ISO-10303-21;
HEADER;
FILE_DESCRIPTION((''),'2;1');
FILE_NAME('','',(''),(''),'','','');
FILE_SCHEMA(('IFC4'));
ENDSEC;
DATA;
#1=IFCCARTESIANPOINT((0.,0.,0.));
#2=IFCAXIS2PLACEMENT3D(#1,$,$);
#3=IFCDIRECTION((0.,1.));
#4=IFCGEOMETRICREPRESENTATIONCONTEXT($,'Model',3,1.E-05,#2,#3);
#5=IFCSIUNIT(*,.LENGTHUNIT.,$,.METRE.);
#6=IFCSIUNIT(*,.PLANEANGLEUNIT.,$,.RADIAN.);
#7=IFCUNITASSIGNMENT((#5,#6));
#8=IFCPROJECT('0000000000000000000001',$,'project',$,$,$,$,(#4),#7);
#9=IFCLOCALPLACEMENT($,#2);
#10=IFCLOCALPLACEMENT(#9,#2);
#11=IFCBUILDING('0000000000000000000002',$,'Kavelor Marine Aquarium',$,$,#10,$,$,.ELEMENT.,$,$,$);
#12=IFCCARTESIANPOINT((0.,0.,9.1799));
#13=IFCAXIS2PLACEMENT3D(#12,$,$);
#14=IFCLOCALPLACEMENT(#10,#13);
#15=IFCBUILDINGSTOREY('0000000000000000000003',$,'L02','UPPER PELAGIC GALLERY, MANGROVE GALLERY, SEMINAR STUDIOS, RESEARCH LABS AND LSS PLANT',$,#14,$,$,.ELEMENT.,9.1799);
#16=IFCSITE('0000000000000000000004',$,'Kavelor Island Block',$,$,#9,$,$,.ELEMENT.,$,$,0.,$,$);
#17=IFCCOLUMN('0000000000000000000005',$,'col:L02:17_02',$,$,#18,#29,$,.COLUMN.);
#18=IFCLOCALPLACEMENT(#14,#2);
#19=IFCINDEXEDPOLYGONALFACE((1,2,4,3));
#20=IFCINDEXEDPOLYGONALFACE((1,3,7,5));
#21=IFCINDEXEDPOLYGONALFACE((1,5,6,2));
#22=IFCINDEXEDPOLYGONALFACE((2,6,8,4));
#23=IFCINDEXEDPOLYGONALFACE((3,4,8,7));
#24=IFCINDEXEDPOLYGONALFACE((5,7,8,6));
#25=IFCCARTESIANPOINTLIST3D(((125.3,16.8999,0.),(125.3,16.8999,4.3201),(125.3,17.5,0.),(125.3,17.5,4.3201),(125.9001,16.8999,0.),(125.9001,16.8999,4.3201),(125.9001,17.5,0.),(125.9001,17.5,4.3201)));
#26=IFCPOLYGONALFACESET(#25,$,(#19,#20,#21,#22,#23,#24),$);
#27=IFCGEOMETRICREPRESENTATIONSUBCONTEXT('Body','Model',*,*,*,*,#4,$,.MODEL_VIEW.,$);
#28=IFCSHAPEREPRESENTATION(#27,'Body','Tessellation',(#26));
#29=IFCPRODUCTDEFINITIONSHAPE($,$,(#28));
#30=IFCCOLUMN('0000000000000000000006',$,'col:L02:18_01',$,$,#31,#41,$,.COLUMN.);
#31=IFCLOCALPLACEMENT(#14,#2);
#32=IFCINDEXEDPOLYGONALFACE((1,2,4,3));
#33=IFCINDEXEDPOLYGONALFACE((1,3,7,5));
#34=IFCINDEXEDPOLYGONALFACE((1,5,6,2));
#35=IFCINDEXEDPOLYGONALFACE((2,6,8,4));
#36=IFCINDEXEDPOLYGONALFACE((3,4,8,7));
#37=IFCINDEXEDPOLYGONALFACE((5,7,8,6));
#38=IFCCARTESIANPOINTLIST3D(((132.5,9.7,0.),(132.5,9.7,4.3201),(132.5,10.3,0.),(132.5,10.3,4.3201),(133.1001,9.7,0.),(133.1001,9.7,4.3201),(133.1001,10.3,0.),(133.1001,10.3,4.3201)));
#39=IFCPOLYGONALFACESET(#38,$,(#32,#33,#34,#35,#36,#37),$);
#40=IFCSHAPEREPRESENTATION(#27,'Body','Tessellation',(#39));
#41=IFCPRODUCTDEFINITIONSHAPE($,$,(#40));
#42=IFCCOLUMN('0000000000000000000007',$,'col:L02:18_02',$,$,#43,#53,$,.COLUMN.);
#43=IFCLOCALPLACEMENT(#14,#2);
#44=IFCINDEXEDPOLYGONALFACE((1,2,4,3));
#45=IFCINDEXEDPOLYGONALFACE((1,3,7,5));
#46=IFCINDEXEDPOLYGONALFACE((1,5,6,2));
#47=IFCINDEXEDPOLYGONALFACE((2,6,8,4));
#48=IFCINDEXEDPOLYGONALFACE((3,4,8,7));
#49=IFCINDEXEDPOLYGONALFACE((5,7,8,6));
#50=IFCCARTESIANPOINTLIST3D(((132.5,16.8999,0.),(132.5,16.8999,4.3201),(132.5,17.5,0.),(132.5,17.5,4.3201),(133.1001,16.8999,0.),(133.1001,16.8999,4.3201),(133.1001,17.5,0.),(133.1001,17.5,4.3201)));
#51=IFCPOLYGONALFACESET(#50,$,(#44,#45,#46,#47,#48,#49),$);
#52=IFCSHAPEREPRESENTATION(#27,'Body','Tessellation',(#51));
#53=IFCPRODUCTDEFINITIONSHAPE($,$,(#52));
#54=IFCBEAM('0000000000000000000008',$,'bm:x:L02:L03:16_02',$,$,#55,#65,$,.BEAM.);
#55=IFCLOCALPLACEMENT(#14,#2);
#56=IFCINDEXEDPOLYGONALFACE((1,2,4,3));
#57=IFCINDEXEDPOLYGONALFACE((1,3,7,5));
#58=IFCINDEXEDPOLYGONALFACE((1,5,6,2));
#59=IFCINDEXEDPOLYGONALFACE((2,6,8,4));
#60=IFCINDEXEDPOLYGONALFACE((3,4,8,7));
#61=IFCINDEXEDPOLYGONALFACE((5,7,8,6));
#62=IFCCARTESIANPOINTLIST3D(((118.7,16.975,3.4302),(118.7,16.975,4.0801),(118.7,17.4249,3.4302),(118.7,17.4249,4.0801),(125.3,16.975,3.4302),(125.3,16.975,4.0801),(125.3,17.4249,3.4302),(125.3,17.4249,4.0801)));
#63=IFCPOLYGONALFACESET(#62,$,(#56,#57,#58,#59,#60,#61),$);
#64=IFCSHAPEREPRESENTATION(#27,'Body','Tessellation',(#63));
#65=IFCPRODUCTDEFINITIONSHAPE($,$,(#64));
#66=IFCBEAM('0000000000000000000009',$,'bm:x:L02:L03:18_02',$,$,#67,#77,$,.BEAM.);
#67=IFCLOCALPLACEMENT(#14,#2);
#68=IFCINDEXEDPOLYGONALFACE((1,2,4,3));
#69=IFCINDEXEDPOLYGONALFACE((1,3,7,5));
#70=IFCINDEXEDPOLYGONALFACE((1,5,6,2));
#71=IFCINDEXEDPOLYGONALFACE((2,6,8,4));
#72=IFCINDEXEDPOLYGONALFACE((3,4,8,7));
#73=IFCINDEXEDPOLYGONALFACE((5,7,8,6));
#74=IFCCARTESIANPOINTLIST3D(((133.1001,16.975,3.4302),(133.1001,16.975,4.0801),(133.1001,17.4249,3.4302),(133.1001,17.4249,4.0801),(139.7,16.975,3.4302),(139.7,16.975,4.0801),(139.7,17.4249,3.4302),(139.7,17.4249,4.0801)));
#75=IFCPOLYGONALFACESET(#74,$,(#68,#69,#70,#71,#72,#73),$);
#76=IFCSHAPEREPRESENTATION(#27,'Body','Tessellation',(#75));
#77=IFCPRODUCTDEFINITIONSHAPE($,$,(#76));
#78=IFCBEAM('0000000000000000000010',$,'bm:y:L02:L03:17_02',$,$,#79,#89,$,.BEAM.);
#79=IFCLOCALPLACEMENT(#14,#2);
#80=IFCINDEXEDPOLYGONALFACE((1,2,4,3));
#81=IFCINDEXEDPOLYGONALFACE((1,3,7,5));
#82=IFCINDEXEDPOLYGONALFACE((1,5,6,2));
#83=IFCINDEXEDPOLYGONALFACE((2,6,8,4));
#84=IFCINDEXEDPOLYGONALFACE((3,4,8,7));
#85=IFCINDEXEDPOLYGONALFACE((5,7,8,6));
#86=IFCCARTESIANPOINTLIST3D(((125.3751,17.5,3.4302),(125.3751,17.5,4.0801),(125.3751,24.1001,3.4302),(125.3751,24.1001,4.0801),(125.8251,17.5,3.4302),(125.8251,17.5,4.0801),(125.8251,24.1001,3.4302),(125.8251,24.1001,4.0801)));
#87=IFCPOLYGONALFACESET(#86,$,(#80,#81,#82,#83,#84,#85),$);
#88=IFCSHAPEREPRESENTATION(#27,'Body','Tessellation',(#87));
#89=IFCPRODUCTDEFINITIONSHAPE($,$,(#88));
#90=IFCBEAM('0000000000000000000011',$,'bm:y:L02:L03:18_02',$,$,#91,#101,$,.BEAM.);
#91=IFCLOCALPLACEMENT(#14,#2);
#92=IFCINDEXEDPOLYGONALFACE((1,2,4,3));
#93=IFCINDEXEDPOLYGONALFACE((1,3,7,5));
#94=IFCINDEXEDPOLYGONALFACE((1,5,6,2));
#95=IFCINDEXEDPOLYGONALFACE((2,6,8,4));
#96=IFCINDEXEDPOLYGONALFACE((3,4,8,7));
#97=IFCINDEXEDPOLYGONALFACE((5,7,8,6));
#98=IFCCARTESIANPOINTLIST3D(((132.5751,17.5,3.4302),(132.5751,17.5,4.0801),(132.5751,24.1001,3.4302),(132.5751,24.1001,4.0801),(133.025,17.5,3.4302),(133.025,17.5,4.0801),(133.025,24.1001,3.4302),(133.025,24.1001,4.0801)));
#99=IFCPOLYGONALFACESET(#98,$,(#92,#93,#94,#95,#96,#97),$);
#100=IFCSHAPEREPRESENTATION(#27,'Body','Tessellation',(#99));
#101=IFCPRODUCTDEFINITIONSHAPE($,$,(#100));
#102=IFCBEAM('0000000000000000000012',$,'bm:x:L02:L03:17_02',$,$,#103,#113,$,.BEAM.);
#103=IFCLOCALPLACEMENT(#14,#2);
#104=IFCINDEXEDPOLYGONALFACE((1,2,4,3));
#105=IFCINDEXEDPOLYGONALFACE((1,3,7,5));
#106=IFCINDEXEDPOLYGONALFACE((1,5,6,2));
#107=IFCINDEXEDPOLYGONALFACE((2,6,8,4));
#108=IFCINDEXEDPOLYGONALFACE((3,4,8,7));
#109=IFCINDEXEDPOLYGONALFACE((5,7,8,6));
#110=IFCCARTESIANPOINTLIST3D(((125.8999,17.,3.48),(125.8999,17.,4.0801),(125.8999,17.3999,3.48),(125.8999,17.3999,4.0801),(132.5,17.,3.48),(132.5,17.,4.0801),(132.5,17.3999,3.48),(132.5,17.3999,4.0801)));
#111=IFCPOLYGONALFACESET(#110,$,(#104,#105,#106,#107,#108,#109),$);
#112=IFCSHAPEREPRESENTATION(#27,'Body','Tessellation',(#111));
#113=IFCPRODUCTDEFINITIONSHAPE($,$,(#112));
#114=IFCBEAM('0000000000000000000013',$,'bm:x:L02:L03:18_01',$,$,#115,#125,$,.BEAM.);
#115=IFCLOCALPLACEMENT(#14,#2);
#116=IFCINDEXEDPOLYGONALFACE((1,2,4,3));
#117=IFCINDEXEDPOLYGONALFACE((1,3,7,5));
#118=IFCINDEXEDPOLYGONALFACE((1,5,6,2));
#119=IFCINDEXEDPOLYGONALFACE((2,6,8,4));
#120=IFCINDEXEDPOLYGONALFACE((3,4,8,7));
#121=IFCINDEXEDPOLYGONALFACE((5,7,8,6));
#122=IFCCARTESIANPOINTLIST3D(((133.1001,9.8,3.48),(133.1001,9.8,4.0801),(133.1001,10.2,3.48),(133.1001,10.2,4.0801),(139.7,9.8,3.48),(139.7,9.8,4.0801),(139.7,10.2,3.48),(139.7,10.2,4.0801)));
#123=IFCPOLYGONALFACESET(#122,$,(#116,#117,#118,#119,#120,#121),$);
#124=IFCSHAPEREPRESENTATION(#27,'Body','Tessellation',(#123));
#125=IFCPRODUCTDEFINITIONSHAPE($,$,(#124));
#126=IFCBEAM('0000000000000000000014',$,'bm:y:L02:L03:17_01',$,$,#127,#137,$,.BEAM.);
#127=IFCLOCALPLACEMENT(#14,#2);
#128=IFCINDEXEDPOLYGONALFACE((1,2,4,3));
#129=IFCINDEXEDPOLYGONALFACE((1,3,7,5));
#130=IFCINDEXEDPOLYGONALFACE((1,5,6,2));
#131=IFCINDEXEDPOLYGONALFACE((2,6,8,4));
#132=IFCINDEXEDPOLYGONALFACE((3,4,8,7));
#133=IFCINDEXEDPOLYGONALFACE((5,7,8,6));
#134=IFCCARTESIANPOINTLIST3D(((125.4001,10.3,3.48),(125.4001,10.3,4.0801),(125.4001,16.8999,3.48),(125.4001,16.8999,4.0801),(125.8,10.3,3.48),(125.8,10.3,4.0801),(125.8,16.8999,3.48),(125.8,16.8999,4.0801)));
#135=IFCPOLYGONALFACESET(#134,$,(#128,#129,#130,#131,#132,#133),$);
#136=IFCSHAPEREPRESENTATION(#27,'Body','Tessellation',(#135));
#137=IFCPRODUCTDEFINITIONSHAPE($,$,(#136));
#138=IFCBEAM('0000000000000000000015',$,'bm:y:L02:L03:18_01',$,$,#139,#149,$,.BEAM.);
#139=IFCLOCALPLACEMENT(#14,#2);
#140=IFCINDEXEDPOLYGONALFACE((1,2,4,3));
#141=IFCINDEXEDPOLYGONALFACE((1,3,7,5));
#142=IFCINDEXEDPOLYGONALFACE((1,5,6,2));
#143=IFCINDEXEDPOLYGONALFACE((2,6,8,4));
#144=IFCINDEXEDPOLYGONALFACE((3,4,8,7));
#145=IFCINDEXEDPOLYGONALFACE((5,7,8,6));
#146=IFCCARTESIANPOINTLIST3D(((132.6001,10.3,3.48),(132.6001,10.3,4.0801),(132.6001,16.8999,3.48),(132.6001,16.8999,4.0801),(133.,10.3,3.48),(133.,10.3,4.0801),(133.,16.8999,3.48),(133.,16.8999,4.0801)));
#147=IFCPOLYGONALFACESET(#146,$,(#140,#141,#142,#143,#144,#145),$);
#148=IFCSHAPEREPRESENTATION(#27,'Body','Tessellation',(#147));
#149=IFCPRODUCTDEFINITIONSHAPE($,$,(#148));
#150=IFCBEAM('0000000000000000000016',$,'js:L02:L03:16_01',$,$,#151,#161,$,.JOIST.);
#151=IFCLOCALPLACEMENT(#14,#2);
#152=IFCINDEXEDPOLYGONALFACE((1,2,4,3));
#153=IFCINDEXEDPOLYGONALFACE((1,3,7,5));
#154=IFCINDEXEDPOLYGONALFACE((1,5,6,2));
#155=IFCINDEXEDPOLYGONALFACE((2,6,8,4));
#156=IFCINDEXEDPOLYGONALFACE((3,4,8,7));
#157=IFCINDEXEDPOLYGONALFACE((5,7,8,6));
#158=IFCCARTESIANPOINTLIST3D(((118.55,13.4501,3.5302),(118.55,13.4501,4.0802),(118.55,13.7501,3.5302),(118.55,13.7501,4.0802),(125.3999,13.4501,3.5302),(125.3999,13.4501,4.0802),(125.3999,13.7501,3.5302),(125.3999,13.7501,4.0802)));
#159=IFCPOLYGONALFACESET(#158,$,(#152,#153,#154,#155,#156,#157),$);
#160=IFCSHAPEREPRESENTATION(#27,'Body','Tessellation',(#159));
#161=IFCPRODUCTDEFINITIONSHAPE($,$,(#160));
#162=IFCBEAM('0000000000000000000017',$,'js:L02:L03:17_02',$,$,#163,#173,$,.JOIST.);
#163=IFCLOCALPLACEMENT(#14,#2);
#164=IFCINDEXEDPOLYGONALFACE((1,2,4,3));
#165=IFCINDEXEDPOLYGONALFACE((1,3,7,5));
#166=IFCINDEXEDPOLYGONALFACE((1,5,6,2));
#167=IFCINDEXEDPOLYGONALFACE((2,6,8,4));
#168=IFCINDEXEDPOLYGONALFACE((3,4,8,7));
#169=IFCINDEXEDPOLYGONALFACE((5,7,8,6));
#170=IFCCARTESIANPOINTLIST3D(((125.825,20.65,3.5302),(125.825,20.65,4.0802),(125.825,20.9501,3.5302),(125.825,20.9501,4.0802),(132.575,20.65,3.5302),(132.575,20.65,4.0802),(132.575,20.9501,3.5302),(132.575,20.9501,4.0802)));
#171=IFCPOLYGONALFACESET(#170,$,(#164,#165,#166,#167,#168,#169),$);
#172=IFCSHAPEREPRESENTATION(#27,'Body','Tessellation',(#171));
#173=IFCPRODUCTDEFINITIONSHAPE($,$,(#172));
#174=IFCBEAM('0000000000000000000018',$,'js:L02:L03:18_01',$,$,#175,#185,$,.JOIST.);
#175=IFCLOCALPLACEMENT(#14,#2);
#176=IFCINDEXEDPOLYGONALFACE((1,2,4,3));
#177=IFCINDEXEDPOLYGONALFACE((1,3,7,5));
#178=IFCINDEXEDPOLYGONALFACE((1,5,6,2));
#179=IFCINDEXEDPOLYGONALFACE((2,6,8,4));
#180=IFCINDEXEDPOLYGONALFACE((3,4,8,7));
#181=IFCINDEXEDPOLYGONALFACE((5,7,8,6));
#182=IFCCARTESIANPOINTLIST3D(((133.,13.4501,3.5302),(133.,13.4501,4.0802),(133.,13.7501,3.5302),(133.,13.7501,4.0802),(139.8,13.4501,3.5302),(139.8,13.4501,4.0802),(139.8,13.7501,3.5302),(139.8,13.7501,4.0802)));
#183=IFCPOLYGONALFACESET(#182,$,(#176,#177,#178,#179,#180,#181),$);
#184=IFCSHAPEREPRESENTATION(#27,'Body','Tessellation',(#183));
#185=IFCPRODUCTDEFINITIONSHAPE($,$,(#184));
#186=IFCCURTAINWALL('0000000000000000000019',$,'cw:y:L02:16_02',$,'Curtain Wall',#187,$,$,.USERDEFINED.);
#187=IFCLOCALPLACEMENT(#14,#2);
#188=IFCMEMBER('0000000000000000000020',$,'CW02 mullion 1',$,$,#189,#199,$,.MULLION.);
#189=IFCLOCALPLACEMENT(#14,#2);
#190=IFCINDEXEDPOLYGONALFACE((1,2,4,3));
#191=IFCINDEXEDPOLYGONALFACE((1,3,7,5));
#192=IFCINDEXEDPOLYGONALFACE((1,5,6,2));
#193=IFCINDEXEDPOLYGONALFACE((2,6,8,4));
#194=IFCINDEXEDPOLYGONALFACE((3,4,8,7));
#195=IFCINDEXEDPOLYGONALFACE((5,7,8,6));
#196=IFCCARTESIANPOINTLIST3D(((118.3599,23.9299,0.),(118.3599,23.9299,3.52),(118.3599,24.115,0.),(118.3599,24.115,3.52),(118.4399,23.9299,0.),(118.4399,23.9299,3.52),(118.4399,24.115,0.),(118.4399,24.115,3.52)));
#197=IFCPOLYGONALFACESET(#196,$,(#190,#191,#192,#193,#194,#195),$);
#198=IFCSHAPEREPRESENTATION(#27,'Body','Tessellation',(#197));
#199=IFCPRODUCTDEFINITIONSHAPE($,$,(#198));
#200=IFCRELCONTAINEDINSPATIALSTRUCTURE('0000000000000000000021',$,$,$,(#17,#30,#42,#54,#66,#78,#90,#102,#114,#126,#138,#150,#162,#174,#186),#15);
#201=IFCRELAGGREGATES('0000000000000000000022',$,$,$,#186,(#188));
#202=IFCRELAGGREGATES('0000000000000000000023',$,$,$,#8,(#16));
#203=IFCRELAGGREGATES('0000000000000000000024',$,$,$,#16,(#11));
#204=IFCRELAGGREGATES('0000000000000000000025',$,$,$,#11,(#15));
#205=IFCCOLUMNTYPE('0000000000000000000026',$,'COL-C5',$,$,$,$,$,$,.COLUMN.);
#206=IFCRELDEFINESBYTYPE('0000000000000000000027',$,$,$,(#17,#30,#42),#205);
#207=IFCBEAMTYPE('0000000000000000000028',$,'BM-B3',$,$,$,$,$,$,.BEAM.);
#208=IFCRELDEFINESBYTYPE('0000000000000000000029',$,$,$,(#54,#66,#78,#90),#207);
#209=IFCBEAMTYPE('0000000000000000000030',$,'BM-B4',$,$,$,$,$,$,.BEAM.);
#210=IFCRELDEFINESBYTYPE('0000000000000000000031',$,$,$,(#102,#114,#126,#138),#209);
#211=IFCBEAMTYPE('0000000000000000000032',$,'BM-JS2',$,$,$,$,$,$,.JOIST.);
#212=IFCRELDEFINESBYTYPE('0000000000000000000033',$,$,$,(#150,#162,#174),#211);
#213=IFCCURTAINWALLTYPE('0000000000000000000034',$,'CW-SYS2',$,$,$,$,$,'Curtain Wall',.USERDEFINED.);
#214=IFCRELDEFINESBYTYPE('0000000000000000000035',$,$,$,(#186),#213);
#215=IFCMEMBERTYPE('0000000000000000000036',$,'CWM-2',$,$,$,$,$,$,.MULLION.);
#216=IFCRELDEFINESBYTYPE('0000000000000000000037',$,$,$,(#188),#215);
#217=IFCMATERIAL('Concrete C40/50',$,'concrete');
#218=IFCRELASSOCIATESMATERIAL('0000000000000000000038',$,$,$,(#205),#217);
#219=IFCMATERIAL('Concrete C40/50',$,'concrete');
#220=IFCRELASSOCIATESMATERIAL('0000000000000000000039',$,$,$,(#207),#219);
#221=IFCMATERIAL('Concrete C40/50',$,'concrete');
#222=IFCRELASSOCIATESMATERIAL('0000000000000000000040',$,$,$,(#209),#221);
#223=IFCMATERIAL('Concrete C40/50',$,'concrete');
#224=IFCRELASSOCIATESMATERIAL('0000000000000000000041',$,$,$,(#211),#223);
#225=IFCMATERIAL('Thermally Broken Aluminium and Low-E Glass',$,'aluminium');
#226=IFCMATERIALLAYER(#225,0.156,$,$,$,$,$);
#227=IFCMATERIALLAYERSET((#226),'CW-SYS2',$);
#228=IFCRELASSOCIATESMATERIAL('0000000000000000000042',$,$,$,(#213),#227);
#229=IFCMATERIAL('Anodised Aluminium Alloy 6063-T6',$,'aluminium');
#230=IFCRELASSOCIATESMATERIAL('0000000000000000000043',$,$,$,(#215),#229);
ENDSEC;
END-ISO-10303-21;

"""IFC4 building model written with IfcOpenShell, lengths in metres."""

from ifc_helpers import new_model, si_unit, direction, frame, origin, origin_2d, place, context, subcontext, project, spatial, rectangle, extrude, material, layer, layer_set, material_profile, profile_set, type_object, element, aggregate, save


model = new_model("IFC4")

# Units and contexts
model_context = context("Model", 3, precision=1e-05, world=origin(), true_north=direction((0.0, 1.0)))
body_context = subcontext(model_context, "Body", "Model", "MODEL_VIEW")
ifc_project = project(units=[si_unit("LENGTHUNIT", "METRE"), si_unit("PLANEANGLEUNIT", "RADIAN")], contexts=[model_context])

# Site, building, storey
site_placement = place(None, origin())
site = spatial("IfcSite", under=ifc_project, at=site_placement, Name="Kavelor Island Block", CompositionType="ELEMENT", RefElevation=0.0)
building_placement = place(site_placement, origin())
building = spatial("IfcBuilding", under=site, at=building_placement, Name="Kavelor Marine Aquarium", CompositionType="ELEMENT")
storey_placement = place(building_placement, frame((0.0, 0.0, 9.1799)))
storey = spatial("IfcBuildingStorey", under=building, at=storey_placement, Name="L02", Description="UPPER PELAGIC GALLERY, MANGROVE GALLERY, SEMINAR STUDIOS, RESEARCH LABS AND LSS PLANT", CompositionType="ELEMENT", Elevation=9.1799)

# Columns
ifc_material_1 = material(Name="Concrete C40/50", Category="concrete")
ifc_material_profile_1 = material_profile(ifc_material_1, rectangle(XDim=0.6001, YDim=0.6001, at=origin_2d()), Name="RC-COL 600x600")
ifc_profile_set_1 = profile_set([ifc_material_profile_1], Name="Concrete C40/50")
column_type = type_object("IfcColumnType", Name="COL-C5", PredefinedType="COLUMN", material=ifc_profile_set_1)
for number, where, z_axis, x_axis, name in (
    (1, (125.6001, 17.2, 0.0), (0.0, 0.0, 1.0), (1.0, 0.0, 0.0), "col:L02:17_02"),
    (2, (132.8, 10.0, 0.0), (0.0, 0.0, 1.0), (1.0, 0.0, 0.0), "col:L02:18_01"),
    (3, (132.8, 17.2, 0.0), (0.0, 0.0, 1.0), (1.0, 0.0, 0.0), "col:L02:18_02"),
):
    element("IfcColumn", number, at=place(storey_placement, frame(where, z_axis=z_axis, x_axis=x_axis)), inside=storey, type_object=column_type, Name=name, PredefinedType="COLUMN", context=body_context, shape_type="SweptSolid", body=[
        extrude(rectangle(XDim=0.6001, YDim=0.6001, at=origin_2d()), origin(), (0.0, 0.0, 1.0), 4.3201),
    ])

# Beams
ifc_material_2 = material(Name="Concrete C40/50", Category="concrete")
ifc_material_profile_2 = material_profile(ifc_material_2, rectangle(XDim=0.45, YDim=0.6499, at=origin_2d()), Name="RC-BM 450x650")
ifc_profile_set_2 = profile_set([ifc_material_profile_2], Name="Concrete C40/50")
beam_type_1 = type_object("IfcBeamType", Name="BM-B3", PredefinedType="BEAM", material=ifc_profile_set_2)
beam_1_placement = place(storey_placement, frame((118.7, 17.2, 3.7551), z_axis=(1.0, 0.0, 0.0), x_axis=(0.0, 1.0, 0.0)))
element("IfcBeam", 4, at=beam_1_placement, inside=storey, type_object=beam_type_1, Name="bm:x:L02:L03:16_02", PredefinedType="BEAM", context=body_context, shape_type="SweptSolid", body=[
    extrude(rectangle(XDim=0.45, YDim=0.6499, at=origin_2d()), origin(), (0.0, 0.0, 1.0), 6.6001),
])
beam_2_placement = place(storey_placement, frame((133.1001, 17.2, 3.7551), z_axis=(1.0, 0.0, 0.0), x_axis=(0.0, 1.0, 0.0)))
element("IfcBeam", 5, at=beam_2_placement, inside=storey, type_object=beam_type_1, Name="bm:x:L02:L03:18_02", PredefinedType="BEAM", context=body_context, shape_type="SweptSolid", body=[
    extrude(rectangle(XDim=0.45, YDim=0.6499, at=origin_2d()), origin(), (0.0, 0.0, 1.0), 6.5999),
])
for number, where, z_axis, x_axis, name in (
    (6, (125.6001, 17.5, 3.7551), (0.0, 1.0, 0.0), (-1.0, 0.0, 0.0), "bm:y:L02:L03:17_02"),
    (7, (132.8, 17.5, 3.7551), (0.0, 1.0, 0.0), (-1.0, 0.0, 0.0), "bm:y:L02:L03:18_02"),
):
    element("IfcBeam", number, at=place(storey_placement, frame(where, z_axis=z_axis, x_axis=x_axis)), inside=storey, type_object=beam_type_1, Name=name, PredefinedType="BEAM", context=body_context, shape_type="SweptSolid", body=[
        extrude(rectangle(XDim=0.45, YDim=0.6499, at=origin_2d()), origin(), (0.0, 0.0, 1.0), 6.6001),
    ])
ifc_material_3 = material(Name="Concrete C40/50", Category="concrete")
ifc_material_profile_3 = material_profile(ifc_material_3, rectangle(XDim=0.3999, YDim=0.6001, at=origin_2d()), Name="RC-BM 400x600")
ifc_profile_set_3 = profile_set([ifc_material_profile_3], Name="Concrete C40/50")
beam_type_2 = type_object("IfcBeamType", Name="BM-B4", PredefinedType="BEAM", material=ifc_profile_set_3)
beam_3_placement = place(storey_placement, frame((125.8999, 17.2, 3.78), z_axis=(1.0, 0.0, 0.0), x_axis=(0.0, 1.0, 0.0)))
element("IfcBeam", 8, at=beam_3_placement, inside=storey, type_object=beam_type_2, Name="bm:x:L02:L03:17_02", PredefinedType="BEAM", context=body_context, shape_type="SweptSolid", body=[
    extrude(rectangle(XDim=0.3999, YDim=0.6001, at=origin_2d()), origin(), (0.0, 0.0, 1.0), 6.6001),
])
for number, where, z_axis, x_axis, name in (
    (9, (133.1001, 10.0, 3.78), (1.0, 0.0, 0.0), (0.0, 1.0, 0.0), "bm:x:L02:L03:18_01"),
    (10, (125.6001, 10.3, 3.78), (0.0, 1.0, 0.0), (-1.0, 0.0, 0.0), "bm:y:L02:L03:17_01"),
    (11, (132.8, 10.3, 3.78), (0.0, 1.0, 0.0), (-1.0, 0.0, 0.0), "bm:y:L02:L03:18_01"),
):
    element("IfcBeam", number, at=place(storey_placement, frame(where, z_axis=z_axis, x_axis=x_axis)), inside=storey, type_object=beam_type_2, Name=name, PredefinedType="BEAM", context=body_context, shape_type="SweptSolid", body=[
        extrude(rectangle(XDim=0.3999, YDim=0.6001, at=origin_2d()), origin(), (0.0, 0.0, 1.0), 6.5999),
    ])
ifc_material_4 = material(Name="Concrete C40/50", Category="concrete")
ifc_material_profile_4 = material_profile(ifc_material_4, rectangle(XDim=0.3, YDim=0.55, at=origin_2d()), Name="RC-JS 300x550")
ifc_profile_set_4 = profile_set([ifc_material_profile_4], Name="Concrete C40/50")
beam_type_3 = type_object("IfcBeamType", Name="BM-JS2", PredefinedType="JOIST", material=ifc_profile_set_4)
beam_4_placement = place(storey_placement, frame((118.55, 13.6001, 3.8052), z_axis=(1.0, 0.0, 0.0), x_axis=(0.0, 1.0, 0.0)))
element("IfcBeam", 12, at=beam_4_placement, inside=storey, type_object=beam_type_3, Name="js:L02:L03:16_01", PredefinedType="JOIST", context=body_context, shape_type="SweptSolid", body=[
    extrude(rectangle(XDim=0.3, YDim=0.55, at=origin_2d()), origin(), (0.0, 0.0, 1.0), 6.8499),
])
beam_5_placement = place(storey_placement, frame((125.825, 20.8, 3.8052), z_axis=(1.0, 0.0, 0.0), x_axis=(0.0, 1.0, 0.0)))
element("IfcBeam", 13, at=beam_5_placement, inside=storey, type_object=beam_type_3, Name="js:L02:L03:17_02", PredefinedType="JOIST", context=body_context, shape_type="SweptSolid", body=[
    extrude(rectangle(XDim=0.3, YDim=0.55, at=origin_2d()), origin(), (0.0, 0.0, 1.0), 6.75),
])
beam_6_placement = place(storey_placement, frame((133.0, 13.6001, 3.8052), z_axis=(1.0, 0.0, 0.0), x_axis=(0.0, 1.0, 0.0)))
element("IfcBeam", 14, at=beam_6_placement, inside=storey, type_object=beam_type_3, Name="js:L02:L03:18_01", PredefinedType="JOIST", context=body_context, shape_type="SweptSolid", body=[
    extrude(rectangle(XDim=0.3, YDim=0.55, at=origin_2d()), origin(), (0.0, 0.0, 1.0), 6.8),
])

# Curtain wall, member
ifc_material_5 = material(Name="Thermally Broken Aluminium and Low-E Glass", Category="aluminium")
ifc_layer_1 = layer(ifc_material_5, 0.156)
ifc_layer_set_1 = layer_set([ifc_layer_1], Name="CW-SYS2")
curtain_wall_type = type_object("IfcCurtainWallType", Name="CW-SYS2", ElementType="Curtain Wall", PredefinedType="USERDEFINED", material=ifc_layer_set_1)
curtain_wall_placement = place(storey_placement, origin())
curtain_wall = element("IfcCurtainWall", 15, at=curtain_wall_placement, inside=storey, type_object=curtain_wall_type, Name="cw:y:L02:16_02", ObjectType="Curtain Wall", PredefinedType="USERDEFINED")
ifc_material_6 = material(Name="Anodised Aluminium Alloy 6063-T6", Category="aluminium")
ifc_material_profile_5 = material_profile(ifc_material_6, rectangle(XDim=0.0801, YDim=0.1851, at=origin_2d()), Name="CW-MUL 80x185")
ifc_profile_set_5 = profile_set([ifc_material_profile_5], Name="Anodised Aluminium Alloy 6063-T6")
member_type_1 = type_object("IfcMemberType", Name="CWM-2", PredefinedType="MULLION", material=ifc_profile_set_5)
member_1_placement = place(storey_placement, frame((118.3999, 24.0225, 0.0), z_axis=(0.0, 0.0, 1.0), x_axis=(1.0, 0.0, 0.0)))
member_1 = element("IfcMember", 16, at=member_1_placement, type_object=member_type_1, Name="CW02 mullion 1", PredefinedType="MULLION", context=body_context, shape_type="SweptSolid", body=[
    extrude(rectangle(XDim=0.0801, YDim=0.1851, at=origin_2d()), origin(), (0.0, 0.0, 1.0), 3.52),
])
aggregate(curtain_wall, [member_1])

save(model, "model.ifc")
